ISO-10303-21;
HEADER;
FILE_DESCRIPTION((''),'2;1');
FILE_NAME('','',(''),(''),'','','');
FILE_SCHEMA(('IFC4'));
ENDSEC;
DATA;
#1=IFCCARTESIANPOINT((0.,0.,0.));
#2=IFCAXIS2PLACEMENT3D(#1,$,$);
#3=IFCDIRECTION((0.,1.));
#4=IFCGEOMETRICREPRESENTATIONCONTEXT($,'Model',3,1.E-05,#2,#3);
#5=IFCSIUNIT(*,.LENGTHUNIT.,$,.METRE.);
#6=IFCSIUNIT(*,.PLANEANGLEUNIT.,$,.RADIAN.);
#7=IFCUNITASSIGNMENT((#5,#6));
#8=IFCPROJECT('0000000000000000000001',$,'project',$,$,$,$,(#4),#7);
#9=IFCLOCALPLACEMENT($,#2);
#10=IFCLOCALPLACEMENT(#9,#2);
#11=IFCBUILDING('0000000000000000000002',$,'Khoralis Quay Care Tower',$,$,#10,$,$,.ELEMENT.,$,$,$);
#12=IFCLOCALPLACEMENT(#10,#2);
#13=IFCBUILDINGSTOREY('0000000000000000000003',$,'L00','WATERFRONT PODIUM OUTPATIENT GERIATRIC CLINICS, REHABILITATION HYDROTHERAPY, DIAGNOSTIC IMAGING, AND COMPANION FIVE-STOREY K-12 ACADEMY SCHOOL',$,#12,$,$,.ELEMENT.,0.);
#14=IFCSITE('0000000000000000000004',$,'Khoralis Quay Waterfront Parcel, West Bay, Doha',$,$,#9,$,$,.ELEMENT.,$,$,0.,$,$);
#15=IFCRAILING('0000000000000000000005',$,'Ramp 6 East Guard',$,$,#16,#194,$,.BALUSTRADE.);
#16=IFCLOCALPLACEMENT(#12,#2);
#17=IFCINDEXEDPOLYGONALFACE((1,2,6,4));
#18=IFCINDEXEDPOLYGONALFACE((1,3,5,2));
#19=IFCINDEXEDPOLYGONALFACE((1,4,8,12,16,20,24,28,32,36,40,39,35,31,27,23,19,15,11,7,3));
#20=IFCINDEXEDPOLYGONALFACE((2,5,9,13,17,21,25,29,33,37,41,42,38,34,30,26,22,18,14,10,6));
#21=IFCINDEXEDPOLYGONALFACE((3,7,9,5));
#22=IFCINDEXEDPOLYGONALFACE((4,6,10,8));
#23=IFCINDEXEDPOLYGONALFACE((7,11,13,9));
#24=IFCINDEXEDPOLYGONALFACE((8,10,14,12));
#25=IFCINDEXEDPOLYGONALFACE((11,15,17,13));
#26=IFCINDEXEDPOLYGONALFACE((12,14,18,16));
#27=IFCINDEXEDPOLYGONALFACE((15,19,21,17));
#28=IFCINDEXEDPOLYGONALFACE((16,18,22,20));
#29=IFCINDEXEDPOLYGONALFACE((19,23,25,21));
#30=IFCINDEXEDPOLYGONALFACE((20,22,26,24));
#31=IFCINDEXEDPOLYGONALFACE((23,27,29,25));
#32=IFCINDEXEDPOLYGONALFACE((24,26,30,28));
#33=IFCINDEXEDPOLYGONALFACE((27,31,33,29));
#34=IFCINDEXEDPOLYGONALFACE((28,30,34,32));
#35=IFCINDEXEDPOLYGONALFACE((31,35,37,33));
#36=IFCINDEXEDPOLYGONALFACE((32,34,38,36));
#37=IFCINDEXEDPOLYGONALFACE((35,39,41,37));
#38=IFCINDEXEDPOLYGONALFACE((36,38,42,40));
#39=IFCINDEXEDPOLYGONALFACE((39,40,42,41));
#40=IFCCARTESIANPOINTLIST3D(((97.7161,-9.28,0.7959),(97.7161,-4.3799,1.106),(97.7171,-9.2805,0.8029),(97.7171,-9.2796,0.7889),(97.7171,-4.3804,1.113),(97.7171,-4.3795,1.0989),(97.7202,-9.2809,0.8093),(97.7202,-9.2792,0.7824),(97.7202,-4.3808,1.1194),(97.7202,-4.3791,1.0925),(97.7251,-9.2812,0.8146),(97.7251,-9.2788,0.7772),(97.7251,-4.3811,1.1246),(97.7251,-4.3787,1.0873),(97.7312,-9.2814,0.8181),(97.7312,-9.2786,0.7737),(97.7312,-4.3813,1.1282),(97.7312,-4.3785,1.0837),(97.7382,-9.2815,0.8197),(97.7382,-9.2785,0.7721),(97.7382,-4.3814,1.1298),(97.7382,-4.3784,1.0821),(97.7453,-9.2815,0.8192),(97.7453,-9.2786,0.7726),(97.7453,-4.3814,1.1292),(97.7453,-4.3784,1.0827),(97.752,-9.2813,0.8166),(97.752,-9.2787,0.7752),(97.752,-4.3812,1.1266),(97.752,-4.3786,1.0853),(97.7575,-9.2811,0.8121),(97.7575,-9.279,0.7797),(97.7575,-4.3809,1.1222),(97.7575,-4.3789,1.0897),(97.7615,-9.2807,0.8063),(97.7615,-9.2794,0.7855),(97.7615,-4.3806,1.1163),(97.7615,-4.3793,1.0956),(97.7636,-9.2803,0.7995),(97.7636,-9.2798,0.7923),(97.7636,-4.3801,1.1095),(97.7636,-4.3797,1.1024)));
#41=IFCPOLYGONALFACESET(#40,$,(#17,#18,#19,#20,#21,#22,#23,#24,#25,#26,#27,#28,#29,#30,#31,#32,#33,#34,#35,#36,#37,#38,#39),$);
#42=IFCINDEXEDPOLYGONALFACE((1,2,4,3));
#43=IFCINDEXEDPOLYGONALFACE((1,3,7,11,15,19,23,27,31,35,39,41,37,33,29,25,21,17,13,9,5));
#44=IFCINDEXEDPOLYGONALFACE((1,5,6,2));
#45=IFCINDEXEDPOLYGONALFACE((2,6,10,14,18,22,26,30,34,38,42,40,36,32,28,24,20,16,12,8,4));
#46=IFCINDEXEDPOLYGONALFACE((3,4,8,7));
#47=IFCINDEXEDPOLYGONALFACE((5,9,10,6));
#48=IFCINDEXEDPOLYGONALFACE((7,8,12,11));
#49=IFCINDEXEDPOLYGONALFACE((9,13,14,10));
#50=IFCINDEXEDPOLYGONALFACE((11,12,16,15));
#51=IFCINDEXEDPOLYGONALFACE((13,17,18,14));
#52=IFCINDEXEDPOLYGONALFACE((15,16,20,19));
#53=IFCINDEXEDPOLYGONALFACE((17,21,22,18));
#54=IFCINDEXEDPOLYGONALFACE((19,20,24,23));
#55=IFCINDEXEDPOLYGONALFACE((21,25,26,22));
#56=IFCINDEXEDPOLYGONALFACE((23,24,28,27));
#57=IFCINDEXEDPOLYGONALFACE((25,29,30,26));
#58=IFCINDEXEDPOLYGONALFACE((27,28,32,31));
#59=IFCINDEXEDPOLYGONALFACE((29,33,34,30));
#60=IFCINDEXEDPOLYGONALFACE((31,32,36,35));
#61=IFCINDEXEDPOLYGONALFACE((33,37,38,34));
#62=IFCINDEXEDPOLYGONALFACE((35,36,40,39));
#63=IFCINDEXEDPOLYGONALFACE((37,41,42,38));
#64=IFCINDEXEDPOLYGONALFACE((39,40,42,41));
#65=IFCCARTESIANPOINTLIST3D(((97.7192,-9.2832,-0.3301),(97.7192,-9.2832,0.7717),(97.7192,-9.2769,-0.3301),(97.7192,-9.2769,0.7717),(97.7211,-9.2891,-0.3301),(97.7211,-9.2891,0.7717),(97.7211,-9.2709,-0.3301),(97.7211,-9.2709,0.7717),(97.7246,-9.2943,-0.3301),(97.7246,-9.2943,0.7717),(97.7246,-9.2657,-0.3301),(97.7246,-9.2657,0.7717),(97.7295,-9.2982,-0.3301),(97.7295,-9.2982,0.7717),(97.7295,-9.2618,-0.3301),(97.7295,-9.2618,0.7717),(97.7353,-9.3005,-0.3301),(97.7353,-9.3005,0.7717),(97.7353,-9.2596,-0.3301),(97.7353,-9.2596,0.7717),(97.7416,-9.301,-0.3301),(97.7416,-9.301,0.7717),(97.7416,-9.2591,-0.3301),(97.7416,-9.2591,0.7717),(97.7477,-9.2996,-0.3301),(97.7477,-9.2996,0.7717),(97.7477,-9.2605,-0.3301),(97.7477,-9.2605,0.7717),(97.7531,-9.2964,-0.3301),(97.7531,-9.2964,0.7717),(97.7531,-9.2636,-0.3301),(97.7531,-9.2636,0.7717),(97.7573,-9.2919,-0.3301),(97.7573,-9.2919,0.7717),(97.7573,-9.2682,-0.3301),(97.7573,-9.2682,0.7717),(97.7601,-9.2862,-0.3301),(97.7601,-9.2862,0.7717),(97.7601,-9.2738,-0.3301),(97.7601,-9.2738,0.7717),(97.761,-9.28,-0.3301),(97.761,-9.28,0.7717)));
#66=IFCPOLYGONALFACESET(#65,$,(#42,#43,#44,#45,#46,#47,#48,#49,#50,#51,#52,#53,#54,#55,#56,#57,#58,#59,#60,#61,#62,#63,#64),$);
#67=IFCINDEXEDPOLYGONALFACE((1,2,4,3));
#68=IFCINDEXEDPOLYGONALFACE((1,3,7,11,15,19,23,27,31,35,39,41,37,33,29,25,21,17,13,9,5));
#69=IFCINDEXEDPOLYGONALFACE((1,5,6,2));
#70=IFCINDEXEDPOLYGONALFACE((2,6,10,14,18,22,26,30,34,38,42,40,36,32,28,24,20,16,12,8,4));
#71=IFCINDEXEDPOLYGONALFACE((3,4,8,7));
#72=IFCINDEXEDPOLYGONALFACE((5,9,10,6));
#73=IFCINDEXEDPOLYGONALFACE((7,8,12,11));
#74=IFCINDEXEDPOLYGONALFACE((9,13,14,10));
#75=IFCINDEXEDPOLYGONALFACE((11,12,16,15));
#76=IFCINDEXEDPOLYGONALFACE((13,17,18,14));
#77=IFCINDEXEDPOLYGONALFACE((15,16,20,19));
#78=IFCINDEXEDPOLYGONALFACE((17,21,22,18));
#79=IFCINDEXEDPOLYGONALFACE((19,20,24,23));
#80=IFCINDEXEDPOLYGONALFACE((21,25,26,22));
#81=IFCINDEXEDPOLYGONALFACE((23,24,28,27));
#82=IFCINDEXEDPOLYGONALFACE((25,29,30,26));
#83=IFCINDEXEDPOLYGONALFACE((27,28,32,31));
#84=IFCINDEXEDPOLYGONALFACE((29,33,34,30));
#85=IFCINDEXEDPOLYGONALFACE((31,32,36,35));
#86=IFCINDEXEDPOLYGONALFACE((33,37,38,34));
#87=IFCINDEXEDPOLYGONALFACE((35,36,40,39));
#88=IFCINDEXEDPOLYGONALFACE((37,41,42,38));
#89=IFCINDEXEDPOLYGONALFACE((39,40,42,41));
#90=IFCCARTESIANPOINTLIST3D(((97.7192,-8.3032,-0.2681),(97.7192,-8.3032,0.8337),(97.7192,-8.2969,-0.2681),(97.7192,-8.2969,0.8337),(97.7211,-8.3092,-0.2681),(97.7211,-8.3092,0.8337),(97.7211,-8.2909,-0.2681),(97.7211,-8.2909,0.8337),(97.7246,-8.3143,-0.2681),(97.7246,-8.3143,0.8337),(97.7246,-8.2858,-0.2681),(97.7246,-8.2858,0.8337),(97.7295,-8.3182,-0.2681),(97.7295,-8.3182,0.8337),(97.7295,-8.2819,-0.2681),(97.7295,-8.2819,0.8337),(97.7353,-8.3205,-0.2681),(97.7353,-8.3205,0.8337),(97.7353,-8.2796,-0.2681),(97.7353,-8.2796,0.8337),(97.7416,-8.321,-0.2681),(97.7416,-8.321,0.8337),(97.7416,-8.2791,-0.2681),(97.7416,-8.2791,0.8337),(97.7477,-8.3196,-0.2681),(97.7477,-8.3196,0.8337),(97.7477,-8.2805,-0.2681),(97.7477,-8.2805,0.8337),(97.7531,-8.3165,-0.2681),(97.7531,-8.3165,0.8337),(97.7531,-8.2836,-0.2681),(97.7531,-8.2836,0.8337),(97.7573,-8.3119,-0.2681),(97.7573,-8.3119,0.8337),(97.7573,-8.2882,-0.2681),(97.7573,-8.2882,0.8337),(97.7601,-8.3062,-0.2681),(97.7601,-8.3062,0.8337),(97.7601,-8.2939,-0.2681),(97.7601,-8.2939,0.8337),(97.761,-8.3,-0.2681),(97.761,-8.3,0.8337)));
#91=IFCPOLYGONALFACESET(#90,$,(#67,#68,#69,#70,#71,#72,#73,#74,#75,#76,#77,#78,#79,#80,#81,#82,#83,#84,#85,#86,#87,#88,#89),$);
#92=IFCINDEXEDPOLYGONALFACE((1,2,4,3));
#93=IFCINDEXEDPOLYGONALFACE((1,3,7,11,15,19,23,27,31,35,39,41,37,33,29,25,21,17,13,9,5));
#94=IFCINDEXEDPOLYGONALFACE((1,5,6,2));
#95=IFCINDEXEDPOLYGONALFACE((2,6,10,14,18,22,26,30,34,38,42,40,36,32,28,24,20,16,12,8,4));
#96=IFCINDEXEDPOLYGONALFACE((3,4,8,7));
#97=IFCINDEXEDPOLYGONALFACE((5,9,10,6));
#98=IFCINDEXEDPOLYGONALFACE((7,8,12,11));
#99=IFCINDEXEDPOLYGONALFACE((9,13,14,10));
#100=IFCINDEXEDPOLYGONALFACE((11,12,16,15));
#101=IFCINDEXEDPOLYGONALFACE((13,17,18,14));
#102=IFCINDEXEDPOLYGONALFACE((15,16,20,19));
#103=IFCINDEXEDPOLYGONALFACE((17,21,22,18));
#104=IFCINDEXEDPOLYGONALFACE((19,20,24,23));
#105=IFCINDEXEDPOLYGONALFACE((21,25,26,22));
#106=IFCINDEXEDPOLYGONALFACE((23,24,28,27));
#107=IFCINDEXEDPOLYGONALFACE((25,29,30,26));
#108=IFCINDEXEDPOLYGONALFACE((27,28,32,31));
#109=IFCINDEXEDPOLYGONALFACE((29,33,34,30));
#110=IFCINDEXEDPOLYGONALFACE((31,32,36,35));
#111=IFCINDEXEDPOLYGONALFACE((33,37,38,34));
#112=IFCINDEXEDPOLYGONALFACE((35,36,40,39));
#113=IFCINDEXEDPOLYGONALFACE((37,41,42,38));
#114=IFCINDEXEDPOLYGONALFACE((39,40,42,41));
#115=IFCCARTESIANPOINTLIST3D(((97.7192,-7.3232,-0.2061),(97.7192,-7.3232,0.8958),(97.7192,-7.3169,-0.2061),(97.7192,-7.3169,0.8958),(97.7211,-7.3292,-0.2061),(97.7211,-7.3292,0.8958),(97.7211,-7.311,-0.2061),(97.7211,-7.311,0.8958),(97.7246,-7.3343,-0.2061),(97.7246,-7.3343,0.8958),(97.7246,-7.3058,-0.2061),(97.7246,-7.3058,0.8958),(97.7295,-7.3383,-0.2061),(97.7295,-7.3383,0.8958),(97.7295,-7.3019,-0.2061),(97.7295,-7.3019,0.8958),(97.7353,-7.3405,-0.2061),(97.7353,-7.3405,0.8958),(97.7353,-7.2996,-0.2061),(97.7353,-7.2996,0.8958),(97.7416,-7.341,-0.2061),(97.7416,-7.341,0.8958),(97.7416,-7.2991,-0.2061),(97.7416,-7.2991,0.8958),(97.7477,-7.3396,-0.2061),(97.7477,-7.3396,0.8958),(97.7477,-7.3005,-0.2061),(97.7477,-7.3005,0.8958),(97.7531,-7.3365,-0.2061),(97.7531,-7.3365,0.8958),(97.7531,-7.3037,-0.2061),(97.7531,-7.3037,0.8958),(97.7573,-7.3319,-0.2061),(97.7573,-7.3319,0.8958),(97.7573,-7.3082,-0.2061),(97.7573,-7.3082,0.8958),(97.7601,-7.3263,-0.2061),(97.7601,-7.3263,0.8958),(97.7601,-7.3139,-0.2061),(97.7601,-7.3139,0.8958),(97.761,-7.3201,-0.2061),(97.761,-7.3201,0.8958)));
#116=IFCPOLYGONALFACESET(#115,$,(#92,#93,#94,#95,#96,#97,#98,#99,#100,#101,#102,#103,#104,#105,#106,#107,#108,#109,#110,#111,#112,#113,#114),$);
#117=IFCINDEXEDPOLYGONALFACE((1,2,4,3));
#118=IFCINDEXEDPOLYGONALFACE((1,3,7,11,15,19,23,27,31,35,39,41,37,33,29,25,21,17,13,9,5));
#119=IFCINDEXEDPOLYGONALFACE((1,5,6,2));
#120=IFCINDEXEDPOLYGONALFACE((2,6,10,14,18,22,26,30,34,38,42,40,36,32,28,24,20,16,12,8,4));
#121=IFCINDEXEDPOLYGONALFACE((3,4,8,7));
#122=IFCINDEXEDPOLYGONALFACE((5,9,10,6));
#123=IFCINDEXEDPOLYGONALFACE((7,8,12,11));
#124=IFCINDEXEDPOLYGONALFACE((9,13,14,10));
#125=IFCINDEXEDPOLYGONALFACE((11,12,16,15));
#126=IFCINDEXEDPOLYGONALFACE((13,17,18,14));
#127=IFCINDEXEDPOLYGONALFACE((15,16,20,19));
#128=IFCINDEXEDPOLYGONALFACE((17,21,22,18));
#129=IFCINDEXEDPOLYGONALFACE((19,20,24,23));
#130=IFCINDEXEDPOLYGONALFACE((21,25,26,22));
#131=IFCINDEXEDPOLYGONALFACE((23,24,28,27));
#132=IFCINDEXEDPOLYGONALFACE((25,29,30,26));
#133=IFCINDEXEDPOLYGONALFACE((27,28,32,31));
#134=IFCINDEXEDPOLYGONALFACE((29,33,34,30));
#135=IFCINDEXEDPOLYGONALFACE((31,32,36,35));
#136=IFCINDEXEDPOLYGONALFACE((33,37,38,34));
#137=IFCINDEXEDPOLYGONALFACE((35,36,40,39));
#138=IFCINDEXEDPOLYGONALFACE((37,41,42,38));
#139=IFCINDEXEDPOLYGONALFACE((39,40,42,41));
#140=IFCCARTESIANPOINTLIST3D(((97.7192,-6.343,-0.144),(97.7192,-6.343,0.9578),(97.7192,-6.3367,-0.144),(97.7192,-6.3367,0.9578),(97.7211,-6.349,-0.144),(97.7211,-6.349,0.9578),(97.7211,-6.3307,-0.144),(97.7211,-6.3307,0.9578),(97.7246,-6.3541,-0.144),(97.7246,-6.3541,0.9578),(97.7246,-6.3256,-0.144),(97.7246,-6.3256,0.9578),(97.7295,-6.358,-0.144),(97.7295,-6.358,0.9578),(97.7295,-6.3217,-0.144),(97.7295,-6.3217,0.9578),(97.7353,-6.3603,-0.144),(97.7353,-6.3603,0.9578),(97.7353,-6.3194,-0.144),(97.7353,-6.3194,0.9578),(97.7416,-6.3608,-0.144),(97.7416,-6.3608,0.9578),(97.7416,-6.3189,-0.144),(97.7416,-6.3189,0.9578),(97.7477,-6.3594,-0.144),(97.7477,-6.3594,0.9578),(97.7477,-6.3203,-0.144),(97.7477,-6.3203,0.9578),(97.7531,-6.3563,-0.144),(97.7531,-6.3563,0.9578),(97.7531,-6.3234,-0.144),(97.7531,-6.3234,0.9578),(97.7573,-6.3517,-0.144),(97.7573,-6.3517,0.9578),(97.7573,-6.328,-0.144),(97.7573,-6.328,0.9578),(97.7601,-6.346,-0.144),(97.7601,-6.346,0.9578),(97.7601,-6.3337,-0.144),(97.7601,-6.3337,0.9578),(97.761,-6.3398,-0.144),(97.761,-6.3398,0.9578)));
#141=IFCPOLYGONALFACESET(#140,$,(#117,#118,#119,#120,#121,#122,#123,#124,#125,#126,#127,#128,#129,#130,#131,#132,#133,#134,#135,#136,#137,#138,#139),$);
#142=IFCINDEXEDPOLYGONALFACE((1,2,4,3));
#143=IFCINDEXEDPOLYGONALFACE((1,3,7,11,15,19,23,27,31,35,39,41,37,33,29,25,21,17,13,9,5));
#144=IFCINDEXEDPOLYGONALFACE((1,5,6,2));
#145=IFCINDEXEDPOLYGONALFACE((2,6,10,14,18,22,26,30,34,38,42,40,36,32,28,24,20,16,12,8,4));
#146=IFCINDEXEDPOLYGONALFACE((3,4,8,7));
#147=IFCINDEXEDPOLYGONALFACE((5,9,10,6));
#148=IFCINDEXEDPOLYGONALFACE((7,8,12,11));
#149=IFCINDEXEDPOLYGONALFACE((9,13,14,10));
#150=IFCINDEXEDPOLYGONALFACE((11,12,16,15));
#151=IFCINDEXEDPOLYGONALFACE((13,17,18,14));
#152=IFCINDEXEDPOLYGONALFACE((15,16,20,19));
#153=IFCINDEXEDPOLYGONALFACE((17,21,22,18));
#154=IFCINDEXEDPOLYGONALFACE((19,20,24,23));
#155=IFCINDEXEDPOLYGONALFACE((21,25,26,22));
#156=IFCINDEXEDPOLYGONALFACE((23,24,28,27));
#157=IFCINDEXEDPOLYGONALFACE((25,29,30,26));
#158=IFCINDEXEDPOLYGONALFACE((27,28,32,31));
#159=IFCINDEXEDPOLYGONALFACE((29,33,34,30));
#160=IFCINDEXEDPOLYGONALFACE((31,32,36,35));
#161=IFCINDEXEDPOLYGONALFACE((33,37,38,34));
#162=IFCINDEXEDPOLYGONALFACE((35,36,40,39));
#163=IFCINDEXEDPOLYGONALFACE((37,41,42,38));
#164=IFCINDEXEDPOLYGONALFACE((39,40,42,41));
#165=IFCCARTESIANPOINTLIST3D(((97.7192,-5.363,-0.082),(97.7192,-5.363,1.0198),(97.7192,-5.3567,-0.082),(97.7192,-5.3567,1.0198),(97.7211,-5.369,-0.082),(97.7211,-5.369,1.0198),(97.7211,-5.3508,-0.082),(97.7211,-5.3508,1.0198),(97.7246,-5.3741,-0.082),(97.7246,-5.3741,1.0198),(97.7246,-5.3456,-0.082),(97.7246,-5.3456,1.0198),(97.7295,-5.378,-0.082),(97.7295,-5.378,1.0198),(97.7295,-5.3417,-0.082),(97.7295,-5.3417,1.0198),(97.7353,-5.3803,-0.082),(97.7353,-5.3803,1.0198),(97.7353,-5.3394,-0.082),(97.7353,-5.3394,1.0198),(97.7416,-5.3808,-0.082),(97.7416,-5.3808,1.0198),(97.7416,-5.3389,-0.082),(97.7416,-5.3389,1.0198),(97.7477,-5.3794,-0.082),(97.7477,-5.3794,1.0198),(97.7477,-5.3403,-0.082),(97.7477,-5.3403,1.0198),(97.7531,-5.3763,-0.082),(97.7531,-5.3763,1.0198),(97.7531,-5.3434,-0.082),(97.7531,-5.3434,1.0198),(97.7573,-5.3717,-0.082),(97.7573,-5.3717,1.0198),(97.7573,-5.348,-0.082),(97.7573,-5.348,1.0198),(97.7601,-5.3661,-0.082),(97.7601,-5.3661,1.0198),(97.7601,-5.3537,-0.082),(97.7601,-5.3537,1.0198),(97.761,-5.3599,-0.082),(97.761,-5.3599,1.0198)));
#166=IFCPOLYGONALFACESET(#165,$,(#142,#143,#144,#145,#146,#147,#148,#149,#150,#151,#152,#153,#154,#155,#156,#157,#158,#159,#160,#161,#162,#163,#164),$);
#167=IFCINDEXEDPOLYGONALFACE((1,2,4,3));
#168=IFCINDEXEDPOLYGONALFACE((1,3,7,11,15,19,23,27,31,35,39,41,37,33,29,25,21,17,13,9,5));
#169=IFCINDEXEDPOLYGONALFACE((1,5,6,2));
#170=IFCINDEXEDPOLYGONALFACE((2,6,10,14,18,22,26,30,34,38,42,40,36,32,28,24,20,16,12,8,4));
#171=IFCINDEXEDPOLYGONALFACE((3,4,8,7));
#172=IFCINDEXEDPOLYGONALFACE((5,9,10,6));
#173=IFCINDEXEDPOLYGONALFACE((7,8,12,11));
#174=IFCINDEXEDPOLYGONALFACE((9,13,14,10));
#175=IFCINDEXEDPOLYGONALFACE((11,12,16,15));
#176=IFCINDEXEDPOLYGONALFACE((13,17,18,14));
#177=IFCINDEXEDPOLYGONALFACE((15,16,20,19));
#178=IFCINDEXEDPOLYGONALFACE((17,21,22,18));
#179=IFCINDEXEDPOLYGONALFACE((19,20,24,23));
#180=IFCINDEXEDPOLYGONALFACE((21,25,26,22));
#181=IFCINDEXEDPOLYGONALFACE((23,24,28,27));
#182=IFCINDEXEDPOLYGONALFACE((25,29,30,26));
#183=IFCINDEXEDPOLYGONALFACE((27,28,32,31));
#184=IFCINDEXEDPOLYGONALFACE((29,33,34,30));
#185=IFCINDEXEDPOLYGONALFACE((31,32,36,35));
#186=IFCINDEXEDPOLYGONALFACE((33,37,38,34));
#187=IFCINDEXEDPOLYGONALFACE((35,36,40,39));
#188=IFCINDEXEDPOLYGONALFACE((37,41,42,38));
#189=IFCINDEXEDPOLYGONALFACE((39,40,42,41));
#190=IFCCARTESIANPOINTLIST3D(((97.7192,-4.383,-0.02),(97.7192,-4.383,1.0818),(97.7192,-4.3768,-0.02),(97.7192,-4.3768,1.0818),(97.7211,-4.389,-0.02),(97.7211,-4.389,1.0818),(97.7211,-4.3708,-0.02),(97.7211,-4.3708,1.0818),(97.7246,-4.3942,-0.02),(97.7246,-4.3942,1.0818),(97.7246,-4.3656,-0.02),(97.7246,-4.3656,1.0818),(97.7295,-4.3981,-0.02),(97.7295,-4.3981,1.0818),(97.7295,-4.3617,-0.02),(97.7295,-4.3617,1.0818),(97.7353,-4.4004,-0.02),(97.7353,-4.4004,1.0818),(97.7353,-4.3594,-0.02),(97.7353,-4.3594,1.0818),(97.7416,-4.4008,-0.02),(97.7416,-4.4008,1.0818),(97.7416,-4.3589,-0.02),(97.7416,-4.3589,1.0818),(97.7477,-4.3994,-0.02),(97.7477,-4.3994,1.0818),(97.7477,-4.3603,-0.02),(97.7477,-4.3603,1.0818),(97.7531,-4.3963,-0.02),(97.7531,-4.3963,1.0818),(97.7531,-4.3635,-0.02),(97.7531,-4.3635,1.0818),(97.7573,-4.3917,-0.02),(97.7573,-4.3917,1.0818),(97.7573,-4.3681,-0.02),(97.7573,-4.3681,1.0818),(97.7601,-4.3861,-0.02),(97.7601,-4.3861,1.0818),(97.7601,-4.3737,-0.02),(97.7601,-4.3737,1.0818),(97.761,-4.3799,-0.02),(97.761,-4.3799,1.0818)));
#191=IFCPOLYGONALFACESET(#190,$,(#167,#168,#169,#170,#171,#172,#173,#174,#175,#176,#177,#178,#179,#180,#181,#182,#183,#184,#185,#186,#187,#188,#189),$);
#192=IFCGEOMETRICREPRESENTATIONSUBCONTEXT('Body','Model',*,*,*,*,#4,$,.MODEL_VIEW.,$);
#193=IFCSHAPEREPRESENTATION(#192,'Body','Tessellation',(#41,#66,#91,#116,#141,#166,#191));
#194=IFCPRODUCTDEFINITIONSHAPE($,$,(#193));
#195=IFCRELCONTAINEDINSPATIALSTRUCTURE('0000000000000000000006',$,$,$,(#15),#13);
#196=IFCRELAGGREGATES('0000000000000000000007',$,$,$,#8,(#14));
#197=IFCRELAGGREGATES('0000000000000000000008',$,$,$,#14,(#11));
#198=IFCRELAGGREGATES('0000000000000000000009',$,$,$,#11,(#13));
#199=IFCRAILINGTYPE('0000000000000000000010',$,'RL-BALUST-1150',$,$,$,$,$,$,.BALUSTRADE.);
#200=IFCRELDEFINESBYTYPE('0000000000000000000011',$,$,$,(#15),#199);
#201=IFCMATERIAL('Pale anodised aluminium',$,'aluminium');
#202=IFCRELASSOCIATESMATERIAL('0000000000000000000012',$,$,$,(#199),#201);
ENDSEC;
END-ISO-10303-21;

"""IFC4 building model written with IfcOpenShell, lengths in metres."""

from ifc_helpers import new_model, si_unit, direction, frame, origin, origin_2d, place, context, subcontext, project, spatial, circle, extrude, material, type_object, element, save


model = new_model("IFC4")

# Units and contexts
model_context = context("Model", 3, precision=1e-05, world=origin(), true_north=direction((0.0, 1.0)))
body_context = subcontext(model_context, "Body", "Model", "MODEL_VIEW")
ifc_project = project(units=[si_unit("LENGTHUNIT", "METRE"), si_unit("PLANEANGLEUNIT", "RADIAN")], contexts=[model_context])

# Site, building, storey
site_placement = place(None, origin())
site = spatial("IfcSite", under=ifc_project, at=site_placement, Name="Khoralis Quay Waterfront Parcel, West Bay, Doha", CompositionType="ELEMENT", RefElevation=0.0)
building_placement = place(site_placement, origin())
building = spatial("IfcBuilding", under=site, at=building_placement, Name="Khoralis Quay Care Tower", CompositionType="ELEMENT")
storey_placement = place(building_placement, origin())
storey = spatial("IfcBuildingStorey", under=building, at=storey_placement, Name="L00", Description="WATERFRONT PODIUM OUTPATIENT GERIATRIC CLINICS, REHABILITATION HYDROTHERAPY, DIAGNOSTIC IMAGING, AND COMPANION FIVE-STOREY K-12 ACADEMY SCHOOL", CompositionType="ELEMENT", Elevation=0.0)

# Shared definitions
ifc_material_1 = material(Name="Pale anodised aluminium", Category="aluminium")

# Railing
railing_type = type_object("IfcRailingType", Name="RL-BALUST-1150", PredefinedType="BALUSTRADE", material=ifc_material_1)
for number, where, name in (
    (1, (97.74, -9.28, -0.3301), "Ramp 6 East Guard"),
):
    element("IfcRailing", number, at=place(storey_placement, frame(where)), inside=storey, type_object=railing_type, Name=name, PredefinedType="BALUSTRADE", context=body_context, shape_type="SweptSolid", body=[
        extrude(circle(Radius=0.0239, at=origin_2d()), frame((0.0, 0.0, 1.126), z_axis=(0.0, 0.998004, 0.063149), x_axis=(-1.0, 0.0, 0.0)), (0.0, 0.0, 1.0), 4.9099),
        extrude(circle(Radius=0.021, at=origin_2d()), origin(), (0.0, 0.0, 1.0), 1.1018),
        extrude(circle(Radius=0.021, at=origin_2d()), frame((0.0, 0.98, 0.062)), (0.0, 0.0, 1.0), 1.1018),
        extrude(circle(Radius=0.021, at=origin_2d()), frame((0.0, 1.96, 0.124)), (0.0, 0.0, 1.0), 1.1018),
        extrude(circle(Radius=0.021, at=origin_2d()), frame((0.0, 2.9402, 0.186)), (0.0, 0.0, 1.0), 1.1018),
        extrude(circle(Radius=0.021, at=origin_2d()), frame((0.0, 3.9202, 0.248)), (0.0, 0.0, 1.0), 1.1018),
        extrude(circle(Radius=0.021, at=origin_2d()), frame((0.0, 4.9001, 0.3101)), (0.0, 0.0, 1.0), 1.1018),
    ])

save(model, "model.ifc")
